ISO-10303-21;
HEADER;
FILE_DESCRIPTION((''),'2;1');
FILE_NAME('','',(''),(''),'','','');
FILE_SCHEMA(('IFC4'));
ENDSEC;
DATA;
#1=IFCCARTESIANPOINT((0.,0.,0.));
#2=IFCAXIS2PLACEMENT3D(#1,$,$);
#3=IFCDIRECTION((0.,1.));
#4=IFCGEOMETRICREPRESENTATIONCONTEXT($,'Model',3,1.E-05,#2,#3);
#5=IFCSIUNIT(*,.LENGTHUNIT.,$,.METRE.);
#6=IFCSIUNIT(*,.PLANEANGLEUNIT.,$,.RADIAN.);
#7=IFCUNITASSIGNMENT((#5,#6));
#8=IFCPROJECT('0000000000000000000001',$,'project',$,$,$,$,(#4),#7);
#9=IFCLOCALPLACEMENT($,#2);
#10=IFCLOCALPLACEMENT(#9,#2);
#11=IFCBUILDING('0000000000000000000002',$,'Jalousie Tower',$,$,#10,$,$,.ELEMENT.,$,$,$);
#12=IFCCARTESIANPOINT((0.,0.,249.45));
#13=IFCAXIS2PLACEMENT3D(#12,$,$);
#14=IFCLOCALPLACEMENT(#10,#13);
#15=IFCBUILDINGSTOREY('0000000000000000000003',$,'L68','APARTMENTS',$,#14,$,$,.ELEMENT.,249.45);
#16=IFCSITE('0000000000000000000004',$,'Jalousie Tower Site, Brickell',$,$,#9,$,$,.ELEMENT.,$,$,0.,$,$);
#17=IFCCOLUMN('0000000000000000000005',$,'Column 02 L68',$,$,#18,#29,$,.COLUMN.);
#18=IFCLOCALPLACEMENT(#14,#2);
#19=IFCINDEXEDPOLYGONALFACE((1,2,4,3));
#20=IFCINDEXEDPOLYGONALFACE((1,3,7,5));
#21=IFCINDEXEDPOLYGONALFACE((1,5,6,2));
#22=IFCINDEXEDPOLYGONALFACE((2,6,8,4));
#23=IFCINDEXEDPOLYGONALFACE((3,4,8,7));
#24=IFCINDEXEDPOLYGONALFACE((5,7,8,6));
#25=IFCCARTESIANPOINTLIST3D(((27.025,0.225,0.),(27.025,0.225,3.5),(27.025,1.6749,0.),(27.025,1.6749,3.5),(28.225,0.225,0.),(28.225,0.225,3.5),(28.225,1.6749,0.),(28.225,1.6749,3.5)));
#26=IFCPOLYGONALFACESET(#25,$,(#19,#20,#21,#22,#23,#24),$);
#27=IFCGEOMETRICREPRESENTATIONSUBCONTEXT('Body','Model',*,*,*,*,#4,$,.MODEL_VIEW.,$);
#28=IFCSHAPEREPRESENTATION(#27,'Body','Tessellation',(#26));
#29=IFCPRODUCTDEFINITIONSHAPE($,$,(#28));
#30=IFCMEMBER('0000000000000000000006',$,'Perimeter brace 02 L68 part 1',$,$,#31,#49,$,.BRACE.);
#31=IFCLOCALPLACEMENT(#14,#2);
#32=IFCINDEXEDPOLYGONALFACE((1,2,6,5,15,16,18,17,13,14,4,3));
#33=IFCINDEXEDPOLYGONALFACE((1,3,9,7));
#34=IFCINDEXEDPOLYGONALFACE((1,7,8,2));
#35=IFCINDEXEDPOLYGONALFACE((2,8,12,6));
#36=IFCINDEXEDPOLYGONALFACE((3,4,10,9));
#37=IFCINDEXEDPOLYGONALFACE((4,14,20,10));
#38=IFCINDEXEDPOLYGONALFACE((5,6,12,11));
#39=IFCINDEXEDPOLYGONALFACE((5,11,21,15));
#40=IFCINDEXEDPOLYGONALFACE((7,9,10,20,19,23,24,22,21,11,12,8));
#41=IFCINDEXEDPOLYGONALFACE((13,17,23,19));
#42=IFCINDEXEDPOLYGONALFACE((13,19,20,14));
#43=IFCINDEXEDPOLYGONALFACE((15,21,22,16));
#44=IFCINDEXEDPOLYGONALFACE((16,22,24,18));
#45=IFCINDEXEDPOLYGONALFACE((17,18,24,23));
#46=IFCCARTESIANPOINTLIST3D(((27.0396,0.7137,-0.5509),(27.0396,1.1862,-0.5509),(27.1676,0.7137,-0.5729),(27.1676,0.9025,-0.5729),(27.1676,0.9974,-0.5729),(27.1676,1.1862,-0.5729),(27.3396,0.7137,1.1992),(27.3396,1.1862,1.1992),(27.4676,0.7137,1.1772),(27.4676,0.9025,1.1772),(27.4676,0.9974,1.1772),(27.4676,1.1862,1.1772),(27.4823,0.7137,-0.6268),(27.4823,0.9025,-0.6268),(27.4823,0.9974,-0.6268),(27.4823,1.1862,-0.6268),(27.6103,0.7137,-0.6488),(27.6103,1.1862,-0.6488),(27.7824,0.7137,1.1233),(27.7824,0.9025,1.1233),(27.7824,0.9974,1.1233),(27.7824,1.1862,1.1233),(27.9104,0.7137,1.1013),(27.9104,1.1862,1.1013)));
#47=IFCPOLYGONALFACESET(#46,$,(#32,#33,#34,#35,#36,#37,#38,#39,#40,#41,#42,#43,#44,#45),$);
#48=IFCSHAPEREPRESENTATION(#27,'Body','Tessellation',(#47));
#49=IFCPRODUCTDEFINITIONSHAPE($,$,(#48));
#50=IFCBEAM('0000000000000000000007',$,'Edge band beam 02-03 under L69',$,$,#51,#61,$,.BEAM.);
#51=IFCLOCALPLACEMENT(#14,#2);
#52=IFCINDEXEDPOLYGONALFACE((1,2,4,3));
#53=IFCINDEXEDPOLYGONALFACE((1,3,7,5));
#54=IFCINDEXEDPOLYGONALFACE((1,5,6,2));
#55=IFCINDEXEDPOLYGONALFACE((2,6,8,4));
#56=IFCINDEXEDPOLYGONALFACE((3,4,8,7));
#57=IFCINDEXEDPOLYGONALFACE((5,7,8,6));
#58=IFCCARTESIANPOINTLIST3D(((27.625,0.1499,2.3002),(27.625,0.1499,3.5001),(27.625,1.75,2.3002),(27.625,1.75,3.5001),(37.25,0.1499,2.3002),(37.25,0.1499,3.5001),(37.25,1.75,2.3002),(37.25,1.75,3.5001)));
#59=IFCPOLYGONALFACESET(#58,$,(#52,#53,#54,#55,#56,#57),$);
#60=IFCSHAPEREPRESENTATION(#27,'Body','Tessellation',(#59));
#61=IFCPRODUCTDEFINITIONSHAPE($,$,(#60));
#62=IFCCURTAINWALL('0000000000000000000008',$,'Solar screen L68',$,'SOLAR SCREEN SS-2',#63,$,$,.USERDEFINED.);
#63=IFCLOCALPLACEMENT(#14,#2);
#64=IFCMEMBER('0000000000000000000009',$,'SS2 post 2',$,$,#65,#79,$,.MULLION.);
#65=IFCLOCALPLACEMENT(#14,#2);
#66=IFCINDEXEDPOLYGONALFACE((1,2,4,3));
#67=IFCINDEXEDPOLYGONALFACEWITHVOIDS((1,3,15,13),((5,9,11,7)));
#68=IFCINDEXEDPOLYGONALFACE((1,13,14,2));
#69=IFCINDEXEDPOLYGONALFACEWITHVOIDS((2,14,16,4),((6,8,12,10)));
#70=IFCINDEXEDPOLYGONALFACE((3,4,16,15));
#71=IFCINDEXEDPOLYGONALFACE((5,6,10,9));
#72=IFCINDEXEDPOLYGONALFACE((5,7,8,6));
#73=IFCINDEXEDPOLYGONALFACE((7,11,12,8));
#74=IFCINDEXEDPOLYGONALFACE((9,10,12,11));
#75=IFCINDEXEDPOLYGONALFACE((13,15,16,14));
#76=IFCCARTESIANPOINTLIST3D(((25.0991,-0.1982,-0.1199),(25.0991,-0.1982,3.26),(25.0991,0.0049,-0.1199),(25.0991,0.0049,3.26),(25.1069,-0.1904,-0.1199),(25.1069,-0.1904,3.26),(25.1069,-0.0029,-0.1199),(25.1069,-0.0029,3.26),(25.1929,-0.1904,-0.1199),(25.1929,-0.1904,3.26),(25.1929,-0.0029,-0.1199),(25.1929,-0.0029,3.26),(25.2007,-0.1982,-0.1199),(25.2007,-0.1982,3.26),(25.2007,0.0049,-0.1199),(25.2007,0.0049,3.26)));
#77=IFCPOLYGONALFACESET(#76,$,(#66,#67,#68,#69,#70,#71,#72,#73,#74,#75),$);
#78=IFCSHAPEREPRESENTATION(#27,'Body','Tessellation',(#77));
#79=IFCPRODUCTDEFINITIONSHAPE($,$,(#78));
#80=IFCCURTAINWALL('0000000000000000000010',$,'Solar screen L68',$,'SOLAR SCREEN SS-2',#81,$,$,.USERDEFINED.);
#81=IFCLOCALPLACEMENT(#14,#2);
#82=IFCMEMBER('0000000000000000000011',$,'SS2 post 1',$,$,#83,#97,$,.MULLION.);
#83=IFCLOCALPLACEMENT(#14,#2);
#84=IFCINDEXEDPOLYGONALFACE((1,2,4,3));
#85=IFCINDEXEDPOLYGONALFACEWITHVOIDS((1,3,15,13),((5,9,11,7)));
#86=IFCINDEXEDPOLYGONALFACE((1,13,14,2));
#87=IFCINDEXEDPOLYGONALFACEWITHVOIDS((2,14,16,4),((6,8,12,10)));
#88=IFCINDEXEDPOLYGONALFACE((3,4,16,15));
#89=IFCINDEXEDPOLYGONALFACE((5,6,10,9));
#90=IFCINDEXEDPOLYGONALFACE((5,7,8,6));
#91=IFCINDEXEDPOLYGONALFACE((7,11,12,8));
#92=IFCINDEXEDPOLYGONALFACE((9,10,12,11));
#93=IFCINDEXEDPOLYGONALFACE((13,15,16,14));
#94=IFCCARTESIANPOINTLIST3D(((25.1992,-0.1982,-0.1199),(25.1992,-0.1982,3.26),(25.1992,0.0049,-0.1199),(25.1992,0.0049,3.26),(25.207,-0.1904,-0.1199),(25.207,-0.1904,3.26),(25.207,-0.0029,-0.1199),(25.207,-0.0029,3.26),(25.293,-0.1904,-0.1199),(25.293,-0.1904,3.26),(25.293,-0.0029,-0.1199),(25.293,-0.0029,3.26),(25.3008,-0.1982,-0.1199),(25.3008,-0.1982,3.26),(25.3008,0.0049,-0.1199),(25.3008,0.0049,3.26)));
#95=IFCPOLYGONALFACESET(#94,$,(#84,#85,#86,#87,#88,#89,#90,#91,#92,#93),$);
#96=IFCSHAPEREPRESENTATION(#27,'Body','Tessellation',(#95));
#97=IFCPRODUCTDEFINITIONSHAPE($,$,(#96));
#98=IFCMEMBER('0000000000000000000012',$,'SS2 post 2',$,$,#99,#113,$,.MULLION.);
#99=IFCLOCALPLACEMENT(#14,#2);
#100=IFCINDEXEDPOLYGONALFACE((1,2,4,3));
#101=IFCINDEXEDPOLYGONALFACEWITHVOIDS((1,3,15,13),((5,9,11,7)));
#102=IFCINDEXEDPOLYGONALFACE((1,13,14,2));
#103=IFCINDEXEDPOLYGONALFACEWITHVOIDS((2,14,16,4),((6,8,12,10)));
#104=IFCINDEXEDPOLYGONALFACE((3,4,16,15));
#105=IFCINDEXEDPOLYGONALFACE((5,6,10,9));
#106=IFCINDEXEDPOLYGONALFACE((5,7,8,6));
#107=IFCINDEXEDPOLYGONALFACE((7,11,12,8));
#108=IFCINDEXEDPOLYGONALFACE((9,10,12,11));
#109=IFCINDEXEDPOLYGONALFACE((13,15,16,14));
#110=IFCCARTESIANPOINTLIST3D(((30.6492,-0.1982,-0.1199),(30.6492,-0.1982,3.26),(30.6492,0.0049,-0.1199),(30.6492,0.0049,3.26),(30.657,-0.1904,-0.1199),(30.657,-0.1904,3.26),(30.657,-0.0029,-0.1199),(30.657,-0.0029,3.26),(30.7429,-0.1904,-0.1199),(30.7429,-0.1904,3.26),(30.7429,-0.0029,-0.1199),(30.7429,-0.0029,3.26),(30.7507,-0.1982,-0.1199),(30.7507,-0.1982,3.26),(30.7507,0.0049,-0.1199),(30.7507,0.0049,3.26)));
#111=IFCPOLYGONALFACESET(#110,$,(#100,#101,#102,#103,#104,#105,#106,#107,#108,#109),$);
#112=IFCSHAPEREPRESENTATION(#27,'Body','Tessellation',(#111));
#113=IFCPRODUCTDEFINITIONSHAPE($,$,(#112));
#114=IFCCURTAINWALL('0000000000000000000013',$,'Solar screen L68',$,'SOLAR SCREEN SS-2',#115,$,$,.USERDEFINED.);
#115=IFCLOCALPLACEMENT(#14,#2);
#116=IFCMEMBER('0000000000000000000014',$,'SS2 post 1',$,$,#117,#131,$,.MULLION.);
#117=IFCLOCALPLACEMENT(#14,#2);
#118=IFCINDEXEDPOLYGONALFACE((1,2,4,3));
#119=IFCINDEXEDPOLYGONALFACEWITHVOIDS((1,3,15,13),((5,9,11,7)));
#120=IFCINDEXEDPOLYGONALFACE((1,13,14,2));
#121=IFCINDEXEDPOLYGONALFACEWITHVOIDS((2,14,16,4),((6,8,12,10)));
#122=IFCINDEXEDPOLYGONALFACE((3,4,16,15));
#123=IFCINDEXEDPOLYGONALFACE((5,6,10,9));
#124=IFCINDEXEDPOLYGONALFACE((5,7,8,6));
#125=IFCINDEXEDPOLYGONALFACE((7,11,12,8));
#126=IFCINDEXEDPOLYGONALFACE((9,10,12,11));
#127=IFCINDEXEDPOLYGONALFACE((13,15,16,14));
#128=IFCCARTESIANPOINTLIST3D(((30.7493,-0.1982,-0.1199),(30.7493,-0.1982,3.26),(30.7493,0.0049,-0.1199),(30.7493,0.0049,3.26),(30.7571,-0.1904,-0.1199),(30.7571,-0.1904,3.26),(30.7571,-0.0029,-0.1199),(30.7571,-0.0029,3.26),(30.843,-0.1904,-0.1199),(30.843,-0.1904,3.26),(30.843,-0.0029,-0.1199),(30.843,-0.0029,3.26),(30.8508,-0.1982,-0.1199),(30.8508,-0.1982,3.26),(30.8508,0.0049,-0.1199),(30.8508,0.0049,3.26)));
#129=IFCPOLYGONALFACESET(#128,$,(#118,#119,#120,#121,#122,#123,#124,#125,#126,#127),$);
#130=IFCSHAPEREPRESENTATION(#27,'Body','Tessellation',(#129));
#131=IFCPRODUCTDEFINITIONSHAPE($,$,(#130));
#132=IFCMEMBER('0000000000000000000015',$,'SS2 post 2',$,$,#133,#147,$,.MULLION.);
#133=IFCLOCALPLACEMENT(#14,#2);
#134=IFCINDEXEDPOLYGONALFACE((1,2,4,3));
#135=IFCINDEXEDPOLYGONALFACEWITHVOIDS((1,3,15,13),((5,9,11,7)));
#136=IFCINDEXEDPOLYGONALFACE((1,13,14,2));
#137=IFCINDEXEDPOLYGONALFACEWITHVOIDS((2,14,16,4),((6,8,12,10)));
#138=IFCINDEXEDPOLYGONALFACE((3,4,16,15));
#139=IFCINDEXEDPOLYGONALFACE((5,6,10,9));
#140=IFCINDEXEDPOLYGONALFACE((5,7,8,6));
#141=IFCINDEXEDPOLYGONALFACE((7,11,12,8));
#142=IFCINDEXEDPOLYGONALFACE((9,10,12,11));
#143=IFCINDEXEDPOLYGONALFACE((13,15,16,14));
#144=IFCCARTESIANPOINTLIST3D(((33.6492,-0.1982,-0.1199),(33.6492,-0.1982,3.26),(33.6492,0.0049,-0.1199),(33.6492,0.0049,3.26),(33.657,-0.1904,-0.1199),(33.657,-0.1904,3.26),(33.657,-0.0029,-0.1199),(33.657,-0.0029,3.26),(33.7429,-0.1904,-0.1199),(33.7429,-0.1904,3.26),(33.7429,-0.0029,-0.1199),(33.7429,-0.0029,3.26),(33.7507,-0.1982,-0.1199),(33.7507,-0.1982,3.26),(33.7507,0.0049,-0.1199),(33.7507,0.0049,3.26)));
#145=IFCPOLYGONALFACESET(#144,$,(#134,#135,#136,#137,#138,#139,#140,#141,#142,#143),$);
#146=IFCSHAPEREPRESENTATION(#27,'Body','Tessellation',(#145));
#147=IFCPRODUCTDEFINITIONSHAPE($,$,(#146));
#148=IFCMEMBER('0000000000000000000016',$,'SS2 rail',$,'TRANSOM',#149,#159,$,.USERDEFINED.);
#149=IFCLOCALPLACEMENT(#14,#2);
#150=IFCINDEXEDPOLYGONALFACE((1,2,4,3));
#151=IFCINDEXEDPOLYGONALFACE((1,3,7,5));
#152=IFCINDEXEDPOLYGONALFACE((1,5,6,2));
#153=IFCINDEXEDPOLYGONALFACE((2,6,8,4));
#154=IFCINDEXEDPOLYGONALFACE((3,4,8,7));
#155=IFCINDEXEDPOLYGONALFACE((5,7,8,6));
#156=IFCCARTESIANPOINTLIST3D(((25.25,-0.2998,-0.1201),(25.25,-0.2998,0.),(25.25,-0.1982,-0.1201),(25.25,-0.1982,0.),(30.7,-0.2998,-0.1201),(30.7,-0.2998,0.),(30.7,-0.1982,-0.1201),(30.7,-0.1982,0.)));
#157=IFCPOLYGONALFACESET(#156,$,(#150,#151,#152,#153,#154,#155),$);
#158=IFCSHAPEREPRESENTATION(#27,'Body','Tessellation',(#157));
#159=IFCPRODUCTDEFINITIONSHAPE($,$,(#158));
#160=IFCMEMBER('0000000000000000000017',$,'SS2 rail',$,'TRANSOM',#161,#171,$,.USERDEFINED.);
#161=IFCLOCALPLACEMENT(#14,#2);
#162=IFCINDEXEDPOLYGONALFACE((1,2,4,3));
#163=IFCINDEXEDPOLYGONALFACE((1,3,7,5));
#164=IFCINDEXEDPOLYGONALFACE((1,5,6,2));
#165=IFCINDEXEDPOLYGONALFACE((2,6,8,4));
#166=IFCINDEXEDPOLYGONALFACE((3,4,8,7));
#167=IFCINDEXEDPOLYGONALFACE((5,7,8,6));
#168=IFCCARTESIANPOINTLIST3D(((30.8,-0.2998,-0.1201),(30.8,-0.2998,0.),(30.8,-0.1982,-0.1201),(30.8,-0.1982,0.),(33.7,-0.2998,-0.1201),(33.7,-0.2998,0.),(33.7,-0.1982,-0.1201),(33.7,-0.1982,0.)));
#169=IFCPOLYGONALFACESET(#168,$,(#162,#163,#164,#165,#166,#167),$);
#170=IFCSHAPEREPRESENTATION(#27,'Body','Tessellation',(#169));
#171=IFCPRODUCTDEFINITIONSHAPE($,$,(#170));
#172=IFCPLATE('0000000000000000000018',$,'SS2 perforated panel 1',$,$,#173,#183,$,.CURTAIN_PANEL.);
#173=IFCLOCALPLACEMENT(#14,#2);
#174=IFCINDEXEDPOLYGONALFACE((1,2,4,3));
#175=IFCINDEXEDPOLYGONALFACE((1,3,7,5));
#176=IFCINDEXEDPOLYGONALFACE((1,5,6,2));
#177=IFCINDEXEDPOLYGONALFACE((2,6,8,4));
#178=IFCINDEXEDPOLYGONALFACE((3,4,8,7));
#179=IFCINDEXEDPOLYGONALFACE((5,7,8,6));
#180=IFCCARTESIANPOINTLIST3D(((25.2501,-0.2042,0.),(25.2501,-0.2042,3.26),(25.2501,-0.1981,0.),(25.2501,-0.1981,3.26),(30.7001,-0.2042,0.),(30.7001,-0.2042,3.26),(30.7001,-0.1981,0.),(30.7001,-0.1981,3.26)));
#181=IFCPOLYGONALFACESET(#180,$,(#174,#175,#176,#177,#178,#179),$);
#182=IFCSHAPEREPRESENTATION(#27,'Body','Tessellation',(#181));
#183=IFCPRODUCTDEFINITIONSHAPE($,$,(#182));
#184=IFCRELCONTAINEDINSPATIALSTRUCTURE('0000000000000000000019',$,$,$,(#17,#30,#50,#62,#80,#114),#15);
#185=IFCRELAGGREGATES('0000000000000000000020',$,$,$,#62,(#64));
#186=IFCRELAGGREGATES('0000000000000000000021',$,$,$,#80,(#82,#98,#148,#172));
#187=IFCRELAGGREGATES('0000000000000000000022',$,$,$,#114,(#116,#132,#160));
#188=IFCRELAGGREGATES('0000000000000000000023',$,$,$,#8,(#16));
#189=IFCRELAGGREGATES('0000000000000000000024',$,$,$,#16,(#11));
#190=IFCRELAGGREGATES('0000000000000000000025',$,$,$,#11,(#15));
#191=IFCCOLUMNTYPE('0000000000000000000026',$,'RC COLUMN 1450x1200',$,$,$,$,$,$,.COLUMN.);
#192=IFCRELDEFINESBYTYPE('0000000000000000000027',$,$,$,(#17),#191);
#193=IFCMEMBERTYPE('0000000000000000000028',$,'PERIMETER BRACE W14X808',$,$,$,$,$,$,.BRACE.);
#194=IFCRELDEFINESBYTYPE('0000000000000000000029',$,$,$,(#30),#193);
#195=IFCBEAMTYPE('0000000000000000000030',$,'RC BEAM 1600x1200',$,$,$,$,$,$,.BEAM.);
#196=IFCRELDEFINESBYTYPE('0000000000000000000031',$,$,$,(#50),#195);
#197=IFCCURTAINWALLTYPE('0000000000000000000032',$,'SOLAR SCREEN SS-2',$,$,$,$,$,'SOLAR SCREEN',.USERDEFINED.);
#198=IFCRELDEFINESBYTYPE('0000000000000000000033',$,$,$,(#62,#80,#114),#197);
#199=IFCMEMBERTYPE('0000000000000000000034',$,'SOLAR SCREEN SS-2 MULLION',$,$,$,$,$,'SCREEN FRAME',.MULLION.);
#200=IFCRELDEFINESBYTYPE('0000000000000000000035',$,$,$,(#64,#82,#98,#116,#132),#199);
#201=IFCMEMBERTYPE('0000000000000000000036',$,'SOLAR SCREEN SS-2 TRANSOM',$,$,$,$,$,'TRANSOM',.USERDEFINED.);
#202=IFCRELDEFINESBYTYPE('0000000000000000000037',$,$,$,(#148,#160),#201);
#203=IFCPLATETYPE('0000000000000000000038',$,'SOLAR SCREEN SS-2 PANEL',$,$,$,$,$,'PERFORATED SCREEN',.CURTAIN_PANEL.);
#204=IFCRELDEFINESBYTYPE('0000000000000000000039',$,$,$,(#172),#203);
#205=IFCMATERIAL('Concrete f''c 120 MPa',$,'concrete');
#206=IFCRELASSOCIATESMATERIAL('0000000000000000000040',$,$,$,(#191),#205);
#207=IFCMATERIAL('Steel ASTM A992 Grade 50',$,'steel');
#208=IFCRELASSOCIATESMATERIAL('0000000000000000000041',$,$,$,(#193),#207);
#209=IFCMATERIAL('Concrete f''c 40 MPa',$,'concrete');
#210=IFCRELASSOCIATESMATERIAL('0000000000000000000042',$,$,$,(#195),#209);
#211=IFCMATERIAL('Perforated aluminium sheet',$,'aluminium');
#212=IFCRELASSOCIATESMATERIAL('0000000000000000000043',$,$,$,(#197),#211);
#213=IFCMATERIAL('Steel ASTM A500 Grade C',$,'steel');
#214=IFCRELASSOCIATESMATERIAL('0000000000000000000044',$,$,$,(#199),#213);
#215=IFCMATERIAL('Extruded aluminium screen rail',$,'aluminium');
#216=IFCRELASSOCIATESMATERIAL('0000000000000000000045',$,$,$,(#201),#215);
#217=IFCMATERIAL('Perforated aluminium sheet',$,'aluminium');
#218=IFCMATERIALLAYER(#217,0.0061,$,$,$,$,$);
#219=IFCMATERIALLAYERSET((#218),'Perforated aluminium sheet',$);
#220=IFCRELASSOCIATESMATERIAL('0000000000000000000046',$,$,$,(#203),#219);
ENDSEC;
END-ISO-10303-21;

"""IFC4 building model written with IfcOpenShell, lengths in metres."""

from ifc_helpers import new_model, si_unit, direction, frame, origin, origin_2d, place, context, subcontext, project, spatial, rectangle, hollow_rectangle, i_section, extrude, material, layer, layer_set, material_profile, profile_set, type_object, element, aggregate, save


model = new_model("IFC4")

# Units and contexts
model_context = context("Model", 3, precision=1e-05, world=origin(), true_north=direction((0.0, 1.0)))
body_context = subcontext(model_context, "Body", "Model", "MODEL_VIEW")
ifc_project = project(units=[si_unit("LENGTHUNIT", "METRE"), si_unit("PLANEANGLEUNIT", "RADIAN")], contexts=[model_context])

# Site, building, storey
site_placement = place(None, origin())
site = spatial("IfcSite", under=ifc_project, at=site_placement, Name="Jalousie Tower Site, Brickell", CompositionType="ELEMENT", RefElevation=0.0)
building_placement = place(site_placement, origin())
building = spatial("IfcBuilding", under=site, at=building_placement, Name="Jalousie Tower", CompositionType="ELEMENT")
storey_placement = place(building_placement, frame((0.0, 0.0, 249.45)))
storey = spatial("IfcBuildingStorey", under=building, at=storey_placement, Name="L68", Description="APARTMENTS", CompositionType="ELEMENT", Elevation=249.45)

# Column
ifc_material_1 = material(Name="Concrete f'c 120 MPa", Category="concrete")
ifc_material_profile_1 = material_profile(ifc_material_1, rectangle(XDim=1.45, YDim=1.2, at=origin_2d()), Name="RC 1450x1200")
ifc_profile_set_1 = profile_set([ifc_material_profile_1], Name="Concrete f'c 120 MPa")
column_type = type_object("IfcColumnType", Name="RC COLUMN 1450x1200", PredefinedType="COLUMN", material=ifc_profile_set_1)
column_placement = place(storey_placement, frame((27.625, 0.95, 0.0), z_axis=(0.0, 0.0, 1.0), x_axis=(0.0, 1.0, 0.0)))
element("IfcColumn", 1, at=column_placement, inside=storey, type_object=column_type, Name="Column 02 L68", PredefinedType="COLUMN", context=body_context, shape_type="SweptSolid", body=[
    extrude(rectangle(XDim=1.45, YDim=1.2, at=origin_2d()), origin(), (0.0, 0.0, 1.0), 3.5),
])

# Member
ifc_material_2 = material(Name="Steel ASTM A992 Grade 50", Category="steel")
ifc_material_profile_2 = material_profile(ifc_material_2, i_section(OverallWidth=0.4724, OverallDepth=0.5791, WebThickness=0.095, FlangeThickness=0.1299, at=origin_2d()), Name="W14X808")
ifc_profile_set_2 = profile_set([ifc_material_profile_2], Name="Steel ASTM A992 Grade 50")
member_type_1 = type_object("IfcMemberType", Name="PERIMETER BRACE W14X808", PredefinedType="BRACE", material=ifc_profile_set_2)
member_1_placement = place(storey_placement, frame((27.325, 0.95, -0.5999), z_axis=(0.168991, 0.0, 0.985618), x_axis=(0.0, 1.0, 0.0)))
element("IfcMember", 2, at=member_1_placement, inside=storey, type_object=member_type_1, Name="Perimeter brace 02 L68 part 1", PredefinedType="BRACE", context=body_context, shape_type="SweptSolid", body=[
    extrude(i_section(OverallWidth=0.4724, OverallDepth=0.5791, WebThickness=0.095, FlangeThickness=0.1299, at=origin_2d()), origin(), (0.0, 0.0, 1.0), 1.7756),
])

# Beam
ifc_material_3 = material(Name="Concrete f'c 40 MPa", Category="concrete")
ifc_material_profile_3 = material_profile(ifc_material_3, rectangle(XDim=1.6001, YDim=1.2, at=origin_2d()), Name="RC 1600x1200")
ifc_profile_set_3 = profile_set([ifc_material_profile_3], Name="Concrete f'c 40 MPa")
beam_type = type_object("IfcBeamType", Name="RC BEAM 1600x1200", PredefinedType="BEAM", material=ifc_profile_set_3)
beam_placement = place(storey_placement, frame((27.625, 0.95, 2.9001), z_axis=(1.0, 0.0, 0.0), x_axis=(0.0, 1.0, 0.0)))
element("IfcBeam", 3, at=beam_placement, inside=storey, type_object=beam_type, Name="Edge band beam 02-03 under L69", PredefinedType="BEAM", context=body_context, shape_type="SweptSolid", body=[
    extrude(rectangle(XDim=1.6001, YDim=1.2, at=origin_2d()), origin(), (0.0, 0.0, 1.0), 9.625),
])

# Curtain wall, member
ifc_material_4 = material(Name="Perforated aluminium sheet", Category="aluminium")
curtain_wall_type = type_object("IfcCurtainWallType", Name="SOLAR SCREEN SS-2", ElementType="SOLAR SCREEN", PredefinedType="USERDEFINED", material=ifc_material_4)
curtain_wall_1_placement = place(storey_placement, origin())
curtain_wall_1 = element("IfcCurtainWall", 4, at=curtain_wall_1_placement, inside=storey, type_object=curtain_wall_type, Name="Solar screen L68", ObjectType="SOLAR SCREEN SS-2", PredefinedType="USERDEFINED")
ifc_material_5 = material(Name="Steel ASTM A500 Grade C", Category="steel")
ifc_material_profile_4 = material_profile(ifc_material_5, hollow_rectangle(XDim=0.1016, YDim=0.2031, WallThickness=0.0078, at=origin_2d()), Name="HSS8X4X5/16")
ifc_profile_set_4 = profile_set([ifc_material_profile_4], Name="Steel ASTM A500 Grade C")
member_type_2 = type_object("IfcMemberType", Name="SOLAR SCREEN SS-2 MULLION", ElementType="SCREEN FRAME", PredefinedType="MULLION", material=ifc_profile_set_4)
member_2_placement = place(storey_placement, frame((25.1499, -0.0967, -0.1199), z_axis=(0.0, 0.0, 1.0), x_axis=(1.0, 0.0, 0.0)))
member_2 = element("IfcMember", 5, at=member_2_placement, type_object=member_type_2, Name="SS2 post 2", PredefinedType="MULLION", context=body_context, shape_type="SweptSolid", body=[
    extrude(hollow_rectangle(XDim=0.1016, YDim=0.2031, WallThickness=0.0078, at=origin_2d()), origin(), (0.0, 0.0, 1.0), 3.3799),
])
aggregate(curtain_wall_1, [member_2])

# Curtain walls, members
curtain_wall_2_placement = place(storey_placement, origin())
curtain_wall_2 = element("IfcCurtainWall", 6, at=curtain_wall_2_placement, inside=storey, type_object=curtain_wall_type, Name="Solar screen L68", ObjectType="SOLAR SCREEN SS-2", PredefinedType="USERDEFINED")
member_3_placement = place(storey_placement, frame((25.25, -0.0967, -0.1199), z_axis=(0.0, 0.0, 1.0), x_axis=(1.0, 0.0, 0.0)))
member_3 = element("IfcMember", 7, at=member_3_placement, type_object=member_type_2, Name="SS2 post 1", PredefinedType="MULLION", context=body_context, shape_type="SweptSolid", body=[
    extrude(hollow_rectangle(XDim=0.1016, YDim=0.2031, WallThickness=0.0078, at=origin_2d()), origin(), (0.0, 0.0, 1.0), 3.3799),
])
member_4_placement = place(storey_placement, frame((30.7, -0.0967, -0.1199), z_axis=(0.0, 0.0, 1.0), x_axis=(1.0, 0.0, 0.0)))
member_4 = element("IfcMember", 8, at=member_4_placement, type_object=member_type_2, Name="SS2 post 2", PredefinedType="MULLION", context=body_context, shape_type="SweptSolid", body=[
    extrude(hollow_rectangle(XDim=0.1016, YDim=0.2031, WallThickness=0.0078, at=origin_2d()), origin(), (0.0, 0.0, 1.0), 3.3799),
])
curtain_wall_3_placement = place(storey_placement, origin())
curtain_wall_3 = element("IfcCurtainWall", 9, at=curtain_wall_3_placement, inside=storey, type_object=curtain_wall_type, Name="Solar screen L68", ObjectType="SOLAR SCREEN SS-2", PredefinedType="USERDEFINED")
member_5_placement = place(storey_placement, frame((30.8, -0.0967, -0.1199), z_axis=(0.0, 0.0, 1.0), x_axis=(1.0, 0.0, 0.0)))
member_5 = element("IfcMember", 10, at=member_5_placement, type_object=member_type_2, Name="SS2 post 1", PredefinedType="MULLION", context=body_context, shape_type="SweptSolid", body=[
    extrude(hollow_rectangle(XDim=0.1016, YDim=0.2031, WallThickness=0.0078, at=origin_2d()), origin(), (0.0, 0.0, 1.0), 3.3799),
])
member_6_placement = place(storey_placement, frame((33.7, -0.0967, -0.1199), z_axis=(0.0, 0.0, 1.0), x_axis=(1.0, 0.0, 0.0)))
member_6 = element("IfcMember", 11, at=member_6_placement, type_object=member_type_2, Name="SS2 post 2", PredefinedType="MULLION", context=body_context, shape_type="SweptSolid", body=[
    extrude(hollow_rectangle(XDim=0.1016, YDim=0.2031, WallThickness=0.0078, at=origin_2d()), origin(), (0.0, 0.0, 1.0), 3.3799),
])

# Members
ifc_material_6 = material(Name="Extruded aluminium screen rail", Category="aluminium")
ifc_material_profile_5 = material_profile(ifc_material_6, rectangle(XDim=0.1016, YDim=0.1201, at=origin_2d()), Name="RAIL 102x120")
ifc_profile_set_5 = profile_set([ifc_material_profile_5], Name="Extruded aluminium screen rail")
member_type_3 = type_object("IfcMemberType", Name="SOLAR SCREEN SS-2 TRANSOM", ElementType="TRANSOM", PredefinedType="USERDEFINED", material=ifc_profile_set_5)
member_7_placement = place(storey_placement, frame((25.25, -0.249, -0.0601), z_axis=(1.0, 0.0, 0.0), x_axis=(0.0, 1.0, 0.0)))
member_7 = element("IfcMember", 12, at=member_7_placement, type_object=member_type_3, Name="SS2 rail", ObjectType="TRANSOM", PredefinedType="USERDEFINED", context=body_context, shape_type="SweptSolid", body=[
    extrude(rectangle(XDim=0.1016, YDim=0.1201, at=origin_2d()), origin(), (0.0, 0.0, 1.0), 5.45),
])
member_8_placement = place(storey_placement, frame((30.8, -0.249, -0.0601), z_axis=(1.0, 0.0, 0.0), x_axis=(0.0, 1.0, 0.0)))
member_8 = element("IfcMember", 13, at=member_8_placement, type_object=member_type_3, Name="SS2 rail", ObjectType="TRANSOM", PredefinedType="USERDEFINED", context=body_context, shape_type="SweptSolid", body=[
    extrude(rectangle(XDim=0.1016, YDim=0.1201, at=origin_2d()), origin(), (0.0, 0.0, 1.0), 2.8999),
])

# Plate
ifc_material_7 = material(Name="Perforated aluminium sheet", Category="aluminium")
ifc_layer_1 = layer(ifc_material_7, 0.0061)
ifc_layer_set_1 = layer_set([ifc_layer_1], Name="Perforated aluminium sheet")
plate_type = type_object("IfcPlateType", Name="SOLAR SCREEN SS-2 PANEL", ElementType="PERFORATED SCREEN", PredefinedType="CURTAIN_PANEL", material=ifc_layer_set_1)
plate_1_placement = place(storey_placement, frame((27.9751, -0.2012, 0.0), z_axis=(0.0, 0.0, 1.0), x_axis=(1.0, 0.0, 0.0)))
plate_1 = element("IfcPlate", 14, at=plate_1_placement, type_object=plate_type, Name="SS2 perforated panel 1", PredefinedType="CURTAIN_PANEL", context=body_context, shape_type="SweptSolid", body=[
    extrude(rectangle(XDim=5.45, YDim=0.0061, at=origin_2d()), origin(), (0.0, 0.0, 1.0), 3.26),
])
aggregate(curtain_wall_2, [member_3, member_4, member_7, plate_1])
aggregate(curtain_wall_3, [member_5, member_6, member_8])

save(model, "model.ifc")
